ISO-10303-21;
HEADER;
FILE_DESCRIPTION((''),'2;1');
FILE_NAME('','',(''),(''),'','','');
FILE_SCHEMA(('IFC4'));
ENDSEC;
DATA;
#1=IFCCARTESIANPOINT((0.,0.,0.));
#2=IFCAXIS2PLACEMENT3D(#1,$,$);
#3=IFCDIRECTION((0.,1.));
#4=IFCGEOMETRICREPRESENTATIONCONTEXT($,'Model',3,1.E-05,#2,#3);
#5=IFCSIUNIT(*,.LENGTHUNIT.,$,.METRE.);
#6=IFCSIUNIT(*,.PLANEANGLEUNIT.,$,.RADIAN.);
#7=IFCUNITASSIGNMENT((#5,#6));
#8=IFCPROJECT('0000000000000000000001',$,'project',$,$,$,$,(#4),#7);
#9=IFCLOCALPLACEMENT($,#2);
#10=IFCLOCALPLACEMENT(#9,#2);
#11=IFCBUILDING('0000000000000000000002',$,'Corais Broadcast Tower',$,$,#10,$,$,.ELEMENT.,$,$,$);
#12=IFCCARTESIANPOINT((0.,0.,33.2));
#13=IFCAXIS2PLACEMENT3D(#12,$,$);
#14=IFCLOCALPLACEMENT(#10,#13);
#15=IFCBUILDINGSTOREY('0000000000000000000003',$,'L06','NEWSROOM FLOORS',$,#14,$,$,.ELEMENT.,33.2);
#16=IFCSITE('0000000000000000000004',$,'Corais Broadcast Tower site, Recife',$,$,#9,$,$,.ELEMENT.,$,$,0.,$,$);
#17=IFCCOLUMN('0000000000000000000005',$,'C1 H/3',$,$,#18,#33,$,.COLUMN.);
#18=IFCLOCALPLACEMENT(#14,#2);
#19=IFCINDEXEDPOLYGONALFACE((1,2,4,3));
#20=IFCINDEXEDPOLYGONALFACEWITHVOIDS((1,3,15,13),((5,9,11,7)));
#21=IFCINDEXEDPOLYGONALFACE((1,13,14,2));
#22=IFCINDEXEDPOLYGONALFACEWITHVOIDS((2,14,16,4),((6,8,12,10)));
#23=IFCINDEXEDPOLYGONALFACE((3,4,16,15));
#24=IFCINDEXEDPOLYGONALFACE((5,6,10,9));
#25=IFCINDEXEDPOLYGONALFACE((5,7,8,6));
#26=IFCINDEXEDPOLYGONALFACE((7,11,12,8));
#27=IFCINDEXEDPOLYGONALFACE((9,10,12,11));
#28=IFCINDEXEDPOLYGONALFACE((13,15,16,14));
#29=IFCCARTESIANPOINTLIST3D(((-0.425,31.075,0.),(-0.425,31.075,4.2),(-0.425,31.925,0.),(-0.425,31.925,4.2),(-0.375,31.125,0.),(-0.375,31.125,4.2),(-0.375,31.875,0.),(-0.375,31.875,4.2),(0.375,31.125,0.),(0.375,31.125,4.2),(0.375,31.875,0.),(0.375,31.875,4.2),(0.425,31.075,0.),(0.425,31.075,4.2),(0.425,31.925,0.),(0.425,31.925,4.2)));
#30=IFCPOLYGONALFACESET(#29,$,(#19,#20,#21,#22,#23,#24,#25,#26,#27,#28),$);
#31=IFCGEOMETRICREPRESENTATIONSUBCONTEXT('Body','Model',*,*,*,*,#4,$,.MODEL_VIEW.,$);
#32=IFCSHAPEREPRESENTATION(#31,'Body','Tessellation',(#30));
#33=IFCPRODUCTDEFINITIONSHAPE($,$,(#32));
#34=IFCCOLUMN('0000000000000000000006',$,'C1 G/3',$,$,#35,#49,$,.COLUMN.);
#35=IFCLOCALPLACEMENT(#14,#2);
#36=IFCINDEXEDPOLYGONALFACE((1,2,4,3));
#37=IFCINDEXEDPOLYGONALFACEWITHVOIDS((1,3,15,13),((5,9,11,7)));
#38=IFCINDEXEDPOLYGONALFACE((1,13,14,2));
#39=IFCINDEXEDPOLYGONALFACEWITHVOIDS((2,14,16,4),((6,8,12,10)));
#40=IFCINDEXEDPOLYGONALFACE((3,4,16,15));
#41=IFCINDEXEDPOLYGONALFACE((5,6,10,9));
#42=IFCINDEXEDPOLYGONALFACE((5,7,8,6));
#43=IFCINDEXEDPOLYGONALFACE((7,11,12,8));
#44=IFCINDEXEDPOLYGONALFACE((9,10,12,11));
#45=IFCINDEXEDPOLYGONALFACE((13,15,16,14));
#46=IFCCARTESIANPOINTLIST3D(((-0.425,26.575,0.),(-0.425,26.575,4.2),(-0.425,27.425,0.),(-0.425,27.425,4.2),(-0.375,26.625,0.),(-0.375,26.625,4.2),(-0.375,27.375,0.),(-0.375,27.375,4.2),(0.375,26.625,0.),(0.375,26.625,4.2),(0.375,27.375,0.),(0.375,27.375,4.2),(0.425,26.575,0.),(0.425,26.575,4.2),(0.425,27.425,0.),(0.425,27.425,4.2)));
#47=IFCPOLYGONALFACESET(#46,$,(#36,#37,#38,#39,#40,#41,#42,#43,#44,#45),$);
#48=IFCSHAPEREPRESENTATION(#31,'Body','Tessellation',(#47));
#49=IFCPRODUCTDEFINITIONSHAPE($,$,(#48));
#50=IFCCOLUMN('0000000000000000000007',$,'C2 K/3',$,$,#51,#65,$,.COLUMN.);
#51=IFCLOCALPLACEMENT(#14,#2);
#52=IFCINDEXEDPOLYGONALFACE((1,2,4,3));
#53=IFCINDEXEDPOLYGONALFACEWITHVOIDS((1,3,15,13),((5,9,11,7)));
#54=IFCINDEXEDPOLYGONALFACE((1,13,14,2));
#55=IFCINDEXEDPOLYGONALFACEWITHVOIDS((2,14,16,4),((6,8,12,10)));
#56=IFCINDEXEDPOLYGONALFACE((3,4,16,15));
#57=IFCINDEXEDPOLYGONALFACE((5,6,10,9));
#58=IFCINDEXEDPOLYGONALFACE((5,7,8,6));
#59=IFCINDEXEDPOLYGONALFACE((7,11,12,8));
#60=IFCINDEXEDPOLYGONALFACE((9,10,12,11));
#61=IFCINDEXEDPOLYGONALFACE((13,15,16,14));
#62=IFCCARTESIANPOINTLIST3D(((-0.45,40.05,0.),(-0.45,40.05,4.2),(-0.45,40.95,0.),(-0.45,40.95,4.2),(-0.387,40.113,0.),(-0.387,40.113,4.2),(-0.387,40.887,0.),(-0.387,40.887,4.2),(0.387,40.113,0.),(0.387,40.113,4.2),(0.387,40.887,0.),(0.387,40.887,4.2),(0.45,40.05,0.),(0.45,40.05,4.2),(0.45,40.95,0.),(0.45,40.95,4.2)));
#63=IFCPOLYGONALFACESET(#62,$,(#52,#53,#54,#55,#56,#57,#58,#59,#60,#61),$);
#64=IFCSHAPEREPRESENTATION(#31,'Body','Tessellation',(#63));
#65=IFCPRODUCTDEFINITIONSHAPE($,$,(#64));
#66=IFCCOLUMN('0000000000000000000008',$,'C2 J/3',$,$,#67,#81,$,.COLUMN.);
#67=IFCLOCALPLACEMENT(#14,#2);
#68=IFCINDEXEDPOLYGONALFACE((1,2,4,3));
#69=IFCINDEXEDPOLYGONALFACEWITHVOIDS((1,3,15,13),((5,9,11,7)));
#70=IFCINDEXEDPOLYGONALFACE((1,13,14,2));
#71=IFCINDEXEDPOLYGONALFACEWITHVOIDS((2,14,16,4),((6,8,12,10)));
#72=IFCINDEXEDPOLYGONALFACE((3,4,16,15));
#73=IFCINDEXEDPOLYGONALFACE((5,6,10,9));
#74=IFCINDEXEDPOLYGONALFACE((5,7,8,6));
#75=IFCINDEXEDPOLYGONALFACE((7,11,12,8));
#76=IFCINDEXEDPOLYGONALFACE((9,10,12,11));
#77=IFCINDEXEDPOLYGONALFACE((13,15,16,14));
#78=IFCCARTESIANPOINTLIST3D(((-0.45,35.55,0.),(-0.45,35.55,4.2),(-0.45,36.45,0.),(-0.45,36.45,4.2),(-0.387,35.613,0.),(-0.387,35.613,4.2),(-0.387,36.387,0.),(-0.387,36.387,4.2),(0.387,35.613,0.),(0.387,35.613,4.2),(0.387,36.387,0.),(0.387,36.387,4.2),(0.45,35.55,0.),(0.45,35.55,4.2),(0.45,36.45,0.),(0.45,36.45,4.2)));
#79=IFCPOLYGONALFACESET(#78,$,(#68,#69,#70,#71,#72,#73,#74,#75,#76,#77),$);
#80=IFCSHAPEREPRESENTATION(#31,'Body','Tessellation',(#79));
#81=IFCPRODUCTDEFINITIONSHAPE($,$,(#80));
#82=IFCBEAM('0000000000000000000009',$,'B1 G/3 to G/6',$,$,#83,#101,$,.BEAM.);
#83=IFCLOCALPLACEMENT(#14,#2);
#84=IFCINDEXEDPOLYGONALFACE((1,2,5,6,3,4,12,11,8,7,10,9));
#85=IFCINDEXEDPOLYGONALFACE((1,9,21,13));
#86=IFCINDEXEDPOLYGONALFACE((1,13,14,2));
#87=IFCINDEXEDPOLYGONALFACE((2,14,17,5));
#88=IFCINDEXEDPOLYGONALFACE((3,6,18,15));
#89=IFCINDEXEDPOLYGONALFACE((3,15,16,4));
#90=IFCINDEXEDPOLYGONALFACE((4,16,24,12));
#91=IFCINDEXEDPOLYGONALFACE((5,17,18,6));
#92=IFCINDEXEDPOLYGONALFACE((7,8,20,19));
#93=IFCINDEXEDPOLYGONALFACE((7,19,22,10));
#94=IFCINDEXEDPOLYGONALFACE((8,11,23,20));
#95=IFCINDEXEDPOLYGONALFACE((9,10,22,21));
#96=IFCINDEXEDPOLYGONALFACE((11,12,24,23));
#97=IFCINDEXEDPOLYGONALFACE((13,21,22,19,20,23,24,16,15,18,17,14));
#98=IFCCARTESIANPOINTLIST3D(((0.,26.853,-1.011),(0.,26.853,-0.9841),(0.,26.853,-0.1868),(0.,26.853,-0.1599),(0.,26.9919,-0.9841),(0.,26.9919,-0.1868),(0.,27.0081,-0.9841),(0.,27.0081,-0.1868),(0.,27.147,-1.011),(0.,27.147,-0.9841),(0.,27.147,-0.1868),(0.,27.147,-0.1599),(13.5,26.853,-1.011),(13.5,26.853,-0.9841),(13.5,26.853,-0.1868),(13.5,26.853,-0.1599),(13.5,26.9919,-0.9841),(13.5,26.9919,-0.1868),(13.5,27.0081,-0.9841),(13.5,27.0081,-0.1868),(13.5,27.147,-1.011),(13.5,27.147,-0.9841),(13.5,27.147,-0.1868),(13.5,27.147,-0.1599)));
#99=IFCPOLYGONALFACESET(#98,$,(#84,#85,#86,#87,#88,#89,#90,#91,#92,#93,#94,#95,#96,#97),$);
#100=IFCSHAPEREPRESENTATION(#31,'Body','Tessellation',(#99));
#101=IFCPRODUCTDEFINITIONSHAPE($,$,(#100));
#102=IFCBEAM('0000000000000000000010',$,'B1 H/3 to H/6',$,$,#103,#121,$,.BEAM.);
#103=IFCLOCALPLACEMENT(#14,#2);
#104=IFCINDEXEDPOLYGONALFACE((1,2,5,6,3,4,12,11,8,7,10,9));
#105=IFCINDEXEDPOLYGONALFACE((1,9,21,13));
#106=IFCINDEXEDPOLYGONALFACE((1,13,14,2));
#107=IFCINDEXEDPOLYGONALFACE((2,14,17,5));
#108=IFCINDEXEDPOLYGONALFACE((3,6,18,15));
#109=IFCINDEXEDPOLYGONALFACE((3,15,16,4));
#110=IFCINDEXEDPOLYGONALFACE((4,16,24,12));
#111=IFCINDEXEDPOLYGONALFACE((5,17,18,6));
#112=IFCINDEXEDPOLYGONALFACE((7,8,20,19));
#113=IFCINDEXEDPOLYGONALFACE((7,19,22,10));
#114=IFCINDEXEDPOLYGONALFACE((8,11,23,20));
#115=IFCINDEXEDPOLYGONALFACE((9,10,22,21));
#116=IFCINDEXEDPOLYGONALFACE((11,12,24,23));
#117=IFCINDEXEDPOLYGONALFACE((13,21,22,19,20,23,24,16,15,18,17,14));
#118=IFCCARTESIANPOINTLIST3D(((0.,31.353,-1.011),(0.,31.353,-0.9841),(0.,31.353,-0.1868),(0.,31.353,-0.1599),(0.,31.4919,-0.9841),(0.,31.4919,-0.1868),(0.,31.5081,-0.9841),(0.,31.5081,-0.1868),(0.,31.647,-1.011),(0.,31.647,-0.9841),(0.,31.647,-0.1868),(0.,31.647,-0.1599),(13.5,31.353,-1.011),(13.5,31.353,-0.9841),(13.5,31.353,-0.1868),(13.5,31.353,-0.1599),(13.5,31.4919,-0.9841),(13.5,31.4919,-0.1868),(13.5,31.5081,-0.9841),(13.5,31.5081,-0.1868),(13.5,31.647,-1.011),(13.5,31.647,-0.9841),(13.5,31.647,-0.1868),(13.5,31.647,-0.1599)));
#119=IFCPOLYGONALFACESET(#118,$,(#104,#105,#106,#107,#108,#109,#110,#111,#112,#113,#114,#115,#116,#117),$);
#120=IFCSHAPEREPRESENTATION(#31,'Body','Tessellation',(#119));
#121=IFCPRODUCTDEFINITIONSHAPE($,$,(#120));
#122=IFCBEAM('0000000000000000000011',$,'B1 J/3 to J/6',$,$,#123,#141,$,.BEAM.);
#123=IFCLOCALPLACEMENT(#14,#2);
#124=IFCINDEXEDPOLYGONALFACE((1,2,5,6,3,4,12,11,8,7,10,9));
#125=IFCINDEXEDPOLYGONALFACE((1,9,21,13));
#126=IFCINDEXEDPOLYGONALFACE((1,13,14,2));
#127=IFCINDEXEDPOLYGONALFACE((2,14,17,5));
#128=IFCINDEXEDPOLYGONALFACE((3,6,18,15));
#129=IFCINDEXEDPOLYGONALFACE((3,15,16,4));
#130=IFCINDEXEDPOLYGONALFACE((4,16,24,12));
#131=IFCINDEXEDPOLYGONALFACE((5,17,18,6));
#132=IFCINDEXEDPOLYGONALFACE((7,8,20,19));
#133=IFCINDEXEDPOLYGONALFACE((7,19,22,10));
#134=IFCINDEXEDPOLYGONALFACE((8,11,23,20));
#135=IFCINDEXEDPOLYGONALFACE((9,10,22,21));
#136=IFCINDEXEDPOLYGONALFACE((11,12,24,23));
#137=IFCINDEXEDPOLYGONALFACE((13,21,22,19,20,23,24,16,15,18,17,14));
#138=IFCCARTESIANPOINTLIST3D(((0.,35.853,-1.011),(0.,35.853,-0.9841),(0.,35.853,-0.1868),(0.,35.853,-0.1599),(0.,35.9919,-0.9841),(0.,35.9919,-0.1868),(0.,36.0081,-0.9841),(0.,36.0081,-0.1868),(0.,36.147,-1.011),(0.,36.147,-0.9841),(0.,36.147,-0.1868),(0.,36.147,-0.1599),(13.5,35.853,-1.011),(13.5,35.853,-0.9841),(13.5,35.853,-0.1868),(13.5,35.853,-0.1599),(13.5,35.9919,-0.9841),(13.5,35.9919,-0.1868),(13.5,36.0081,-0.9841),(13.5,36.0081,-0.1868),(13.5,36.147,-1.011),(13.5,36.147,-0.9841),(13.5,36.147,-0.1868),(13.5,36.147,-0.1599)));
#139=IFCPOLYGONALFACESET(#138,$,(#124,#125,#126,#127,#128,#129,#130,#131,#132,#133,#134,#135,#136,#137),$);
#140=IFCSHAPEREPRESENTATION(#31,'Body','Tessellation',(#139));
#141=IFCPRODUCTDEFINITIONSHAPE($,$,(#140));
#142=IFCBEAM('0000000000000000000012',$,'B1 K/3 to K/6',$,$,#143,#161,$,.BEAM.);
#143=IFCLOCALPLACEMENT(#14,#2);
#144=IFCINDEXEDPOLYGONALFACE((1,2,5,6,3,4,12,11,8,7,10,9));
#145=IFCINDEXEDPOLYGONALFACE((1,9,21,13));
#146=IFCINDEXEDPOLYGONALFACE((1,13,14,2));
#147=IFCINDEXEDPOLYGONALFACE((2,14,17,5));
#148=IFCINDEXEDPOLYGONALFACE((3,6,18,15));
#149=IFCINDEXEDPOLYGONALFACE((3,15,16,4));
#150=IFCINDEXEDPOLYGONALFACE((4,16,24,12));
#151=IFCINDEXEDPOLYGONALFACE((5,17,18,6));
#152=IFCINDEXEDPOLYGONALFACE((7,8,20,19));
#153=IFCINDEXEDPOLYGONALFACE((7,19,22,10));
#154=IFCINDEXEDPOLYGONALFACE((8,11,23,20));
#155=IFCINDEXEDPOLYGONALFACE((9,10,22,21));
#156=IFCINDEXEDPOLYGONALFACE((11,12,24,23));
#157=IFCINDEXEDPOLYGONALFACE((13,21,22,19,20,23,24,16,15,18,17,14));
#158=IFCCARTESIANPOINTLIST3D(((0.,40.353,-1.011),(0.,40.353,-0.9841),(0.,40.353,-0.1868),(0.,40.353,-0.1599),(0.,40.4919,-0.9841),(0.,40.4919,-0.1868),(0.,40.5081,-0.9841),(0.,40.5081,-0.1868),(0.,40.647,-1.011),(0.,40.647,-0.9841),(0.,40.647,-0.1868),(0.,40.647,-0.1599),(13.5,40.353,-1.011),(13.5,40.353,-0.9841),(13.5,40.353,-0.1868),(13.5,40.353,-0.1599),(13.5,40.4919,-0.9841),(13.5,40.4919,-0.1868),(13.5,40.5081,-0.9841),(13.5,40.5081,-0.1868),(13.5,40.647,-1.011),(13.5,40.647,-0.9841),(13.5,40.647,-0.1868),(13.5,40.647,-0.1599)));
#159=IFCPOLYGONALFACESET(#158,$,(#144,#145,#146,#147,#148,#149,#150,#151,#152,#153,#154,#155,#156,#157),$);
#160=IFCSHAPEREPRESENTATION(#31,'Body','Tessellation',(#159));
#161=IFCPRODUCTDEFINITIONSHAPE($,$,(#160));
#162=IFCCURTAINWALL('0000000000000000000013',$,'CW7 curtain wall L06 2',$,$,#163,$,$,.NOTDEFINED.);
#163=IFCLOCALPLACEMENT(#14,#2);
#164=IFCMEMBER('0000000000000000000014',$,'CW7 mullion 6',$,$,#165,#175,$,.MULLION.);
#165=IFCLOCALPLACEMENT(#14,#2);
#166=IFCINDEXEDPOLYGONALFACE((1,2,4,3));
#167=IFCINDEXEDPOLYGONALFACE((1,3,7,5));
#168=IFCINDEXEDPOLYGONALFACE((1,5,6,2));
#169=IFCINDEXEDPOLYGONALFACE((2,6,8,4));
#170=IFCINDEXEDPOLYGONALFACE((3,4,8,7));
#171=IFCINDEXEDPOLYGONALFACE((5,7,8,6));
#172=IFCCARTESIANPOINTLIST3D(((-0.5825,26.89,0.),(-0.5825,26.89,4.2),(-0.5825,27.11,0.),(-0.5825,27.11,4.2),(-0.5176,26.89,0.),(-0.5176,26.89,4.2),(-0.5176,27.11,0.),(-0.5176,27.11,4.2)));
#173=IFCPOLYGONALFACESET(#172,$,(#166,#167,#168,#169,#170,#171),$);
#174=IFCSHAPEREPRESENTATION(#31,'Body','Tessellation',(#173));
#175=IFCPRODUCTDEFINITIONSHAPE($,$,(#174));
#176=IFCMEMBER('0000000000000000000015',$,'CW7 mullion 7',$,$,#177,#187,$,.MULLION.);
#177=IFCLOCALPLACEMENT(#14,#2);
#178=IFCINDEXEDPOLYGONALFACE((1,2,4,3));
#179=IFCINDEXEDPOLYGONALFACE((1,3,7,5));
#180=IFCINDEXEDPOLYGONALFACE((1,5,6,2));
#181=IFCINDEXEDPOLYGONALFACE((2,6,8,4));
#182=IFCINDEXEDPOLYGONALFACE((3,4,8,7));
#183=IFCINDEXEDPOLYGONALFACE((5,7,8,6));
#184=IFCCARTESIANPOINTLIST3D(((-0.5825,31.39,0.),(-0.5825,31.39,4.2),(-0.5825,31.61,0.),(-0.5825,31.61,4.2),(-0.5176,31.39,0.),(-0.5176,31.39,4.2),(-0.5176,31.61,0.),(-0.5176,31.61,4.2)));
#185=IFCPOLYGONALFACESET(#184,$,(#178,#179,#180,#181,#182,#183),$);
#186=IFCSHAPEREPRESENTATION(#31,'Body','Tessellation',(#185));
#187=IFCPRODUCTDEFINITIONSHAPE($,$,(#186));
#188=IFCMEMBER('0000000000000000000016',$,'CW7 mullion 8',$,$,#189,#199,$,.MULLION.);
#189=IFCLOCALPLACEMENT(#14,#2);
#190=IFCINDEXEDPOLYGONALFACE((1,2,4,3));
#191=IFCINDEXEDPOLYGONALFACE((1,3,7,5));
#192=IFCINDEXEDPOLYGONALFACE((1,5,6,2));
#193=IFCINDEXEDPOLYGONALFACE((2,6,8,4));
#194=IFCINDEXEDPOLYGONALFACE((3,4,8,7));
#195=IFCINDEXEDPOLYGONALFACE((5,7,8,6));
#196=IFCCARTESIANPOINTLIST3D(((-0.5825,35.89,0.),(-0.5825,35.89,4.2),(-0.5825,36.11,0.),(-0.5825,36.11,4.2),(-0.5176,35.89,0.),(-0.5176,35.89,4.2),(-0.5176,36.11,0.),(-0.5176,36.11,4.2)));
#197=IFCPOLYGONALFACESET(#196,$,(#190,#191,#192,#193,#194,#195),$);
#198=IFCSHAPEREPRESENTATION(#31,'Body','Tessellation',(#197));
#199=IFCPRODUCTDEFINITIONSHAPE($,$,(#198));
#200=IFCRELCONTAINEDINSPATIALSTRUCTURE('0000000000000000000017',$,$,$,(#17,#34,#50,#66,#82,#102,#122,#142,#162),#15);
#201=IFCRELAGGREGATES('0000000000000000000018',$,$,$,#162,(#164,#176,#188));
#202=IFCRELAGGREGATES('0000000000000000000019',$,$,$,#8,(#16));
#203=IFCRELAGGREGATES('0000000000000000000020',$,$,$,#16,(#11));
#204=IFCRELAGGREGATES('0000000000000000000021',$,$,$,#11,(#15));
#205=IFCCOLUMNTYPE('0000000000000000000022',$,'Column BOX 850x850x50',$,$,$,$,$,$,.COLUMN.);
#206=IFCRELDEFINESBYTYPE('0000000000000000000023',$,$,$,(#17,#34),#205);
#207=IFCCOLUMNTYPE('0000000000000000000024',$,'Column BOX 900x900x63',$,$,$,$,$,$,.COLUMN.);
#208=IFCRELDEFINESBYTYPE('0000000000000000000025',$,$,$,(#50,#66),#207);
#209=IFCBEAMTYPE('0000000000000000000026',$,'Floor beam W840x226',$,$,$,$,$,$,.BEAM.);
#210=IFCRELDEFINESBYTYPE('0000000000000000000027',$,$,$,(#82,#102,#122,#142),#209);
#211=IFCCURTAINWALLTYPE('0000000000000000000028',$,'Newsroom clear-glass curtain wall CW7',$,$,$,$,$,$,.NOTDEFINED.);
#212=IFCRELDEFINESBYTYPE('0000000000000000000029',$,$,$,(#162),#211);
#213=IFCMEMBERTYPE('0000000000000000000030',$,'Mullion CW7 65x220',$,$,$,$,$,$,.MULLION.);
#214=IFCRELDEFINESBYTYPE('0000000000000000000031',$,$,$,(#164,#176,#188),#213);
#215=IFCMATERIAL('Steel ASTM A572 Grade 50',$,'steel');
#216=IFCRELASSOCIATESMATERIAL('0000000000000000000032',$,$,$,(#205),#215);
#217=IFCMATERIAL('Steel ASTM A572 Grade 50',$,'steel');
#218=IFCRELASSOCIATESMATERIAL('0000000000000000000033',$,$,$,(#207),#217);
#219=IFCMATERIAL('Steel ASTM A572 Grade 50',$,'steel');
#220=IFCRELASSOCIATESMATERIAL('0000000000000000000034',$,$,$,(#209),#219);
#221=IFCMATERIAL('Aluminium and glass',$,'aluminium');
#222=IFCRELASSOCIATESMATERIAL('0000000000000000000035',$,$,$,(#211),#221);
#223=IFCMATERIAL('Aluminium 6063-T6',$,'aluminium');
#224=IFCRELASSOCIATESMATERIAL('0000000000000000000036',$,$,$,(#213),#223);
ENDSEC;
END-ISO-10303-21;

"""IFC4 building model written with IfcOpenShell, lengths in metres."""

from ifc_helpers import new_model, si_unit, direction, frame, origin, origin_2d, place, context, subcontext, project, spatial, rectangle, hollow_rectangle, i_section, extrude, material, material_profile, profile_set, type_object, element, aggregate, save


model = new_model("IFC4")

# Units and contexts
model_context = context("Model", 3, precision=1e-05, world=origin(), true_north=direction((0.0, 1.0)))
body_context = subcontext(model_context, "Body", "Model", "MODEL_VIEW")
ifc_project = project(units=[si_unit("LENGTHUNIT", "METRE"), si_unit("PLANEANGLEUNIT", "RADIAN")], contexts=[model_context])

# Site, building, storey
site_placement = place(None, origin())
site = spatial("IfcSite", under=ifc_project, at=site_placement, Name="Corais Broadcast Tower site, Recife", CompositionType="ELEMENT", RefElevation=0.0)
building_placement = place(site_placement, origin())
building = spatial("IfcBuilding", under=site, at=building_placement, Name="Corais Broadcast Tower", CompositionType="ELEMENT")
storey_placement = place(building_placement, frame((0.0, 0.0, 33.2)))
storey = spatial("IfcBuildingStorey", under=building, at=storey_placement, Name="L06", Description="NEWSROOM FLOORS", CompositionType="ELEMENT", Elevation=33.2)

# Columns
ifc_material_1 = material(Name="Steel ASTM A572 Grade 50", Category="steel")
ifc_material_profile_1 = material_profile(ifc_material_1, hollow_rectangle(XDim=0.8501, YDim=0.8501, WallThickness=0.05, at=origin_2d()), Name="BOX 850x850x50")
ifc_profile_set_1 = profile_set([ifc_material_profile_1], Name="Steel ASTM A572 Grade 50")
column_type_1 = type_object("IfcColumnType", Name="Column BOX 850x850x50", PredefinedType="COLUMN", material=ifc_profile_set_1)
for number, where, z_axis, x_axis, name in (
    (1, (0.0, 31.5, 0.0), (0.0, 0.0, 1.0), (1.0, 0.0, 0.0), "C1 H/3"),
    (2, (0.0, 27.0, 0.0), (0.0, 0.0, 1.0), (1.0, 0.0, 0.0), "C1 G/3"),
):
    element("IfcColumn", number, at=place(storey_placement, frame(where, z_axis=z_axis, x_axis=x_axis)), inside=storey, type_object=column_type_1, Name=name, PredefinedType="COLUMN", context=body_context, shape_type="SweptSolid", body=[
        extrude(hollow_rectangle(XDim=0.8501, YDim=0.8501, WallThickness=0.05, at=origin_2d()), origin(), (0.0, 0.0, 1.0), 4.2),
    ])
ifc_material_2 = material(Name="Steel ASTM A572 Grade 50", Category="steel")
ifc_material_profile_2 = material_profile(ifc_material_2, hollow_rectangle(XDim=0.8999, YDim=0.8999, WallThickness=0.063, at=origin_2d()), Name="BOX 900x900x63")
ifc_profile_set_2 = profile_set([ifc_material_profile_2], Name="Steel ASTM A572 Grade 50")
column_type_2 = type_object("IfcColumnType", Name="Column BOX 900x900x63", PredefinedType="COLUMN", material=ifc_profile_set_2)
for number, where, z_axis, x_axis, name in (
    (3, (0.0, 40.5, 0.0), (0.0, 0.0, 1.0), (1.0, 0.0, 0.0), "C2 K/3"),
    (4, (0.0, 36.0, 0.0), (0.0, 0.0, 1.0), (1.0, 0.0, 0.0), "C2 J/3"),
):
    element("IfcColumn", number, at=place(storey_placement, frame(where, z_axis=z_axis, x_axis=x_axis)), inside=storey, type_object=column_type_2, Name=name, PredefinedType="COLUMN", context=body_context, shape_type="SweptSolid", body=[
        extrude(hollow_rectangle(XDim=0.8999, YDim=0.8999, WallThickness=0.063, at=origin_2d()), origin(), (0.0, 0.0, 1.0), 4.2),
    ])

# Beams
ifc_material_3 = material(Name="Steel ASTM A572 Grade 50", Category="steel")
ifc_material_profile_3 = material_profile(ifc_material_3, i_section(OverallWidth=0.2939, OverallDepth=0.8511, WebThickness=0.0161, FlangeThickness=0.0269, at=origin_2d()), Name="W840x226")
ifc_profile_set_3 = profile_set([ifc_material_profile_3], Name="Steel ASTM A572 Grade 50")
beam_type_1 = type_object("IfcBeamType", Name="Floor beam W840x226", PredefinedType="BEAM", material=ifc_profile_set_3)
for number, where, z_axis, x_axis, name in (
    (5, (0.0, 27.0, -0.5854), (1.0, 0.0, 0.0), (0.0, 1.0, 0.0), "B1 G/3 to G/6"),
    (6, (0.0, 31.5, -0.5854), (1.0, 0.0, 0.0), (0.0, 1.0, 0.0), "B1 H/3 to H/6"),
    (7, (0.0, 36.0, -0.5854), (1.0, 0.0, 0.0), (0.0, 1.0, 0.0), "B1 J/3 to J/6"),
    (8, (0.0, 40.5, -0.5854), (1.0, 0.0, 0.0), (0.0, 1.0, 0.0), "B1 K/3 to K/6"),
):
    element("IfcBeam", number, at=place(storey_placement, frame(where, z_axis=z_axis, x_axis=x_axis)), inside=storey, type_object=beam_type_1, Name=name, PredefinedType="BEAM", context=body_context, shape_type="SweptSolid", body=[
        extrude(i_section(OverallWidth=0.2939, OverallDepth=0.8511, WebThickness=0.0161, FlangeThickness=0.0269, at=origin_2d()), origin(), (0.0, 0.0, 1.0), 13.5),
    ])

# Curtain wall, members
ifc_material_4 = material(Name="Aluminium and glass", Category="aluminium")
curtain_wall_type = type_object("IfcCurtainWallType", Name="Newsroom clear-glass curtain wall CW7", PredefinedType="NOTDEFINED", material=ifc_material_4)
curtain_wall_placement = place(storey_placement, origin())
curtain_wall = element("IfcCurtainWall", 9, at=curtain_wall_placement, inside=storey, type_object=curtain_wall_type, Name="CW7 curtain wall L06 2", PredefinedType="NOTDEFINED")
ifc_material_5 = material(Name="Aluminium 6063-T6", Category="aluminium")
ifc_material_profile_4 = material_profile(ifc_material_5, rectangle(XDim=0.0649, YDim=0.22, at=origin_2d()), Name="Mullion CW7 65x220")
ifc_profile_set_4 = profile_set([ifc_material_profile_4], Name="Aluminium 6063-T6")
member_type_1 = type_object("IfcMemberType", Name="Mullion CW7 65x220", PredefinedType="MULLION", material=ifc_profile_set_4)
member_1_placement = place(storey_placement, frame((-0.55, 27.0, 0.0), z_axis=(0.0, 0.0, 1.0), x_axis=(-1.0, 0.0, 0.0)))
member_1 = element("IfcMember", 10, at=member_1_placement, type_object=member_type_1, Name="CW7 mullion 6", PredefinedType="MULLION", context=body_context, shape_type="SweptSolid", body=[
    extrude(rectangle(XDim=0.0649, YDim=0.22, at=origin_2d()), origin(), (0.0, 0.0, 1.0), 4.2),
])
member_2_placement = place(storey_placement, frame((-0.55, 31.5, 0.0), z_axis=(0.0, 0.0, 1.0), x_axis=(-1.0, 0.0, 0.0)))
member_2 = element("IfcMember", 11, at=member_2_placement, type_object=member_type_1, Name="CW7 mullion 7", PredefinedType="MULLION", context=body_context, shape_type="SweptSolid", body=[
    extrude(rectangle(XDim=0.0649, YDim=0.22, at=origin_2d()), origin(), (0.0, 0.0, 1.0), 4.2),
])
member_3_placement = place(storey_placement, frame((-0.55, 36.0, 0.0), z_axis=(0.0, 0.0, 1.0), x_axis=(-1.0, 0.0, 0.0)))
member_3 = element("IfcMember", 12, at=member_3_placement, type_object=member_type_1, Name="CW7 mullion 8", PredefinedType="MULLION", context=body_context, shape_type="SweptSolid", body=[
    extrude(rectangle(XDim=0.0649, YDim=0.22, at=origin_2d()), origin(), (0.0, 0.0, 1.0), 4.2),
])

aggregate(curtain_wall, [member_1, member_2, member_3])

save(model, "model.ifc")
